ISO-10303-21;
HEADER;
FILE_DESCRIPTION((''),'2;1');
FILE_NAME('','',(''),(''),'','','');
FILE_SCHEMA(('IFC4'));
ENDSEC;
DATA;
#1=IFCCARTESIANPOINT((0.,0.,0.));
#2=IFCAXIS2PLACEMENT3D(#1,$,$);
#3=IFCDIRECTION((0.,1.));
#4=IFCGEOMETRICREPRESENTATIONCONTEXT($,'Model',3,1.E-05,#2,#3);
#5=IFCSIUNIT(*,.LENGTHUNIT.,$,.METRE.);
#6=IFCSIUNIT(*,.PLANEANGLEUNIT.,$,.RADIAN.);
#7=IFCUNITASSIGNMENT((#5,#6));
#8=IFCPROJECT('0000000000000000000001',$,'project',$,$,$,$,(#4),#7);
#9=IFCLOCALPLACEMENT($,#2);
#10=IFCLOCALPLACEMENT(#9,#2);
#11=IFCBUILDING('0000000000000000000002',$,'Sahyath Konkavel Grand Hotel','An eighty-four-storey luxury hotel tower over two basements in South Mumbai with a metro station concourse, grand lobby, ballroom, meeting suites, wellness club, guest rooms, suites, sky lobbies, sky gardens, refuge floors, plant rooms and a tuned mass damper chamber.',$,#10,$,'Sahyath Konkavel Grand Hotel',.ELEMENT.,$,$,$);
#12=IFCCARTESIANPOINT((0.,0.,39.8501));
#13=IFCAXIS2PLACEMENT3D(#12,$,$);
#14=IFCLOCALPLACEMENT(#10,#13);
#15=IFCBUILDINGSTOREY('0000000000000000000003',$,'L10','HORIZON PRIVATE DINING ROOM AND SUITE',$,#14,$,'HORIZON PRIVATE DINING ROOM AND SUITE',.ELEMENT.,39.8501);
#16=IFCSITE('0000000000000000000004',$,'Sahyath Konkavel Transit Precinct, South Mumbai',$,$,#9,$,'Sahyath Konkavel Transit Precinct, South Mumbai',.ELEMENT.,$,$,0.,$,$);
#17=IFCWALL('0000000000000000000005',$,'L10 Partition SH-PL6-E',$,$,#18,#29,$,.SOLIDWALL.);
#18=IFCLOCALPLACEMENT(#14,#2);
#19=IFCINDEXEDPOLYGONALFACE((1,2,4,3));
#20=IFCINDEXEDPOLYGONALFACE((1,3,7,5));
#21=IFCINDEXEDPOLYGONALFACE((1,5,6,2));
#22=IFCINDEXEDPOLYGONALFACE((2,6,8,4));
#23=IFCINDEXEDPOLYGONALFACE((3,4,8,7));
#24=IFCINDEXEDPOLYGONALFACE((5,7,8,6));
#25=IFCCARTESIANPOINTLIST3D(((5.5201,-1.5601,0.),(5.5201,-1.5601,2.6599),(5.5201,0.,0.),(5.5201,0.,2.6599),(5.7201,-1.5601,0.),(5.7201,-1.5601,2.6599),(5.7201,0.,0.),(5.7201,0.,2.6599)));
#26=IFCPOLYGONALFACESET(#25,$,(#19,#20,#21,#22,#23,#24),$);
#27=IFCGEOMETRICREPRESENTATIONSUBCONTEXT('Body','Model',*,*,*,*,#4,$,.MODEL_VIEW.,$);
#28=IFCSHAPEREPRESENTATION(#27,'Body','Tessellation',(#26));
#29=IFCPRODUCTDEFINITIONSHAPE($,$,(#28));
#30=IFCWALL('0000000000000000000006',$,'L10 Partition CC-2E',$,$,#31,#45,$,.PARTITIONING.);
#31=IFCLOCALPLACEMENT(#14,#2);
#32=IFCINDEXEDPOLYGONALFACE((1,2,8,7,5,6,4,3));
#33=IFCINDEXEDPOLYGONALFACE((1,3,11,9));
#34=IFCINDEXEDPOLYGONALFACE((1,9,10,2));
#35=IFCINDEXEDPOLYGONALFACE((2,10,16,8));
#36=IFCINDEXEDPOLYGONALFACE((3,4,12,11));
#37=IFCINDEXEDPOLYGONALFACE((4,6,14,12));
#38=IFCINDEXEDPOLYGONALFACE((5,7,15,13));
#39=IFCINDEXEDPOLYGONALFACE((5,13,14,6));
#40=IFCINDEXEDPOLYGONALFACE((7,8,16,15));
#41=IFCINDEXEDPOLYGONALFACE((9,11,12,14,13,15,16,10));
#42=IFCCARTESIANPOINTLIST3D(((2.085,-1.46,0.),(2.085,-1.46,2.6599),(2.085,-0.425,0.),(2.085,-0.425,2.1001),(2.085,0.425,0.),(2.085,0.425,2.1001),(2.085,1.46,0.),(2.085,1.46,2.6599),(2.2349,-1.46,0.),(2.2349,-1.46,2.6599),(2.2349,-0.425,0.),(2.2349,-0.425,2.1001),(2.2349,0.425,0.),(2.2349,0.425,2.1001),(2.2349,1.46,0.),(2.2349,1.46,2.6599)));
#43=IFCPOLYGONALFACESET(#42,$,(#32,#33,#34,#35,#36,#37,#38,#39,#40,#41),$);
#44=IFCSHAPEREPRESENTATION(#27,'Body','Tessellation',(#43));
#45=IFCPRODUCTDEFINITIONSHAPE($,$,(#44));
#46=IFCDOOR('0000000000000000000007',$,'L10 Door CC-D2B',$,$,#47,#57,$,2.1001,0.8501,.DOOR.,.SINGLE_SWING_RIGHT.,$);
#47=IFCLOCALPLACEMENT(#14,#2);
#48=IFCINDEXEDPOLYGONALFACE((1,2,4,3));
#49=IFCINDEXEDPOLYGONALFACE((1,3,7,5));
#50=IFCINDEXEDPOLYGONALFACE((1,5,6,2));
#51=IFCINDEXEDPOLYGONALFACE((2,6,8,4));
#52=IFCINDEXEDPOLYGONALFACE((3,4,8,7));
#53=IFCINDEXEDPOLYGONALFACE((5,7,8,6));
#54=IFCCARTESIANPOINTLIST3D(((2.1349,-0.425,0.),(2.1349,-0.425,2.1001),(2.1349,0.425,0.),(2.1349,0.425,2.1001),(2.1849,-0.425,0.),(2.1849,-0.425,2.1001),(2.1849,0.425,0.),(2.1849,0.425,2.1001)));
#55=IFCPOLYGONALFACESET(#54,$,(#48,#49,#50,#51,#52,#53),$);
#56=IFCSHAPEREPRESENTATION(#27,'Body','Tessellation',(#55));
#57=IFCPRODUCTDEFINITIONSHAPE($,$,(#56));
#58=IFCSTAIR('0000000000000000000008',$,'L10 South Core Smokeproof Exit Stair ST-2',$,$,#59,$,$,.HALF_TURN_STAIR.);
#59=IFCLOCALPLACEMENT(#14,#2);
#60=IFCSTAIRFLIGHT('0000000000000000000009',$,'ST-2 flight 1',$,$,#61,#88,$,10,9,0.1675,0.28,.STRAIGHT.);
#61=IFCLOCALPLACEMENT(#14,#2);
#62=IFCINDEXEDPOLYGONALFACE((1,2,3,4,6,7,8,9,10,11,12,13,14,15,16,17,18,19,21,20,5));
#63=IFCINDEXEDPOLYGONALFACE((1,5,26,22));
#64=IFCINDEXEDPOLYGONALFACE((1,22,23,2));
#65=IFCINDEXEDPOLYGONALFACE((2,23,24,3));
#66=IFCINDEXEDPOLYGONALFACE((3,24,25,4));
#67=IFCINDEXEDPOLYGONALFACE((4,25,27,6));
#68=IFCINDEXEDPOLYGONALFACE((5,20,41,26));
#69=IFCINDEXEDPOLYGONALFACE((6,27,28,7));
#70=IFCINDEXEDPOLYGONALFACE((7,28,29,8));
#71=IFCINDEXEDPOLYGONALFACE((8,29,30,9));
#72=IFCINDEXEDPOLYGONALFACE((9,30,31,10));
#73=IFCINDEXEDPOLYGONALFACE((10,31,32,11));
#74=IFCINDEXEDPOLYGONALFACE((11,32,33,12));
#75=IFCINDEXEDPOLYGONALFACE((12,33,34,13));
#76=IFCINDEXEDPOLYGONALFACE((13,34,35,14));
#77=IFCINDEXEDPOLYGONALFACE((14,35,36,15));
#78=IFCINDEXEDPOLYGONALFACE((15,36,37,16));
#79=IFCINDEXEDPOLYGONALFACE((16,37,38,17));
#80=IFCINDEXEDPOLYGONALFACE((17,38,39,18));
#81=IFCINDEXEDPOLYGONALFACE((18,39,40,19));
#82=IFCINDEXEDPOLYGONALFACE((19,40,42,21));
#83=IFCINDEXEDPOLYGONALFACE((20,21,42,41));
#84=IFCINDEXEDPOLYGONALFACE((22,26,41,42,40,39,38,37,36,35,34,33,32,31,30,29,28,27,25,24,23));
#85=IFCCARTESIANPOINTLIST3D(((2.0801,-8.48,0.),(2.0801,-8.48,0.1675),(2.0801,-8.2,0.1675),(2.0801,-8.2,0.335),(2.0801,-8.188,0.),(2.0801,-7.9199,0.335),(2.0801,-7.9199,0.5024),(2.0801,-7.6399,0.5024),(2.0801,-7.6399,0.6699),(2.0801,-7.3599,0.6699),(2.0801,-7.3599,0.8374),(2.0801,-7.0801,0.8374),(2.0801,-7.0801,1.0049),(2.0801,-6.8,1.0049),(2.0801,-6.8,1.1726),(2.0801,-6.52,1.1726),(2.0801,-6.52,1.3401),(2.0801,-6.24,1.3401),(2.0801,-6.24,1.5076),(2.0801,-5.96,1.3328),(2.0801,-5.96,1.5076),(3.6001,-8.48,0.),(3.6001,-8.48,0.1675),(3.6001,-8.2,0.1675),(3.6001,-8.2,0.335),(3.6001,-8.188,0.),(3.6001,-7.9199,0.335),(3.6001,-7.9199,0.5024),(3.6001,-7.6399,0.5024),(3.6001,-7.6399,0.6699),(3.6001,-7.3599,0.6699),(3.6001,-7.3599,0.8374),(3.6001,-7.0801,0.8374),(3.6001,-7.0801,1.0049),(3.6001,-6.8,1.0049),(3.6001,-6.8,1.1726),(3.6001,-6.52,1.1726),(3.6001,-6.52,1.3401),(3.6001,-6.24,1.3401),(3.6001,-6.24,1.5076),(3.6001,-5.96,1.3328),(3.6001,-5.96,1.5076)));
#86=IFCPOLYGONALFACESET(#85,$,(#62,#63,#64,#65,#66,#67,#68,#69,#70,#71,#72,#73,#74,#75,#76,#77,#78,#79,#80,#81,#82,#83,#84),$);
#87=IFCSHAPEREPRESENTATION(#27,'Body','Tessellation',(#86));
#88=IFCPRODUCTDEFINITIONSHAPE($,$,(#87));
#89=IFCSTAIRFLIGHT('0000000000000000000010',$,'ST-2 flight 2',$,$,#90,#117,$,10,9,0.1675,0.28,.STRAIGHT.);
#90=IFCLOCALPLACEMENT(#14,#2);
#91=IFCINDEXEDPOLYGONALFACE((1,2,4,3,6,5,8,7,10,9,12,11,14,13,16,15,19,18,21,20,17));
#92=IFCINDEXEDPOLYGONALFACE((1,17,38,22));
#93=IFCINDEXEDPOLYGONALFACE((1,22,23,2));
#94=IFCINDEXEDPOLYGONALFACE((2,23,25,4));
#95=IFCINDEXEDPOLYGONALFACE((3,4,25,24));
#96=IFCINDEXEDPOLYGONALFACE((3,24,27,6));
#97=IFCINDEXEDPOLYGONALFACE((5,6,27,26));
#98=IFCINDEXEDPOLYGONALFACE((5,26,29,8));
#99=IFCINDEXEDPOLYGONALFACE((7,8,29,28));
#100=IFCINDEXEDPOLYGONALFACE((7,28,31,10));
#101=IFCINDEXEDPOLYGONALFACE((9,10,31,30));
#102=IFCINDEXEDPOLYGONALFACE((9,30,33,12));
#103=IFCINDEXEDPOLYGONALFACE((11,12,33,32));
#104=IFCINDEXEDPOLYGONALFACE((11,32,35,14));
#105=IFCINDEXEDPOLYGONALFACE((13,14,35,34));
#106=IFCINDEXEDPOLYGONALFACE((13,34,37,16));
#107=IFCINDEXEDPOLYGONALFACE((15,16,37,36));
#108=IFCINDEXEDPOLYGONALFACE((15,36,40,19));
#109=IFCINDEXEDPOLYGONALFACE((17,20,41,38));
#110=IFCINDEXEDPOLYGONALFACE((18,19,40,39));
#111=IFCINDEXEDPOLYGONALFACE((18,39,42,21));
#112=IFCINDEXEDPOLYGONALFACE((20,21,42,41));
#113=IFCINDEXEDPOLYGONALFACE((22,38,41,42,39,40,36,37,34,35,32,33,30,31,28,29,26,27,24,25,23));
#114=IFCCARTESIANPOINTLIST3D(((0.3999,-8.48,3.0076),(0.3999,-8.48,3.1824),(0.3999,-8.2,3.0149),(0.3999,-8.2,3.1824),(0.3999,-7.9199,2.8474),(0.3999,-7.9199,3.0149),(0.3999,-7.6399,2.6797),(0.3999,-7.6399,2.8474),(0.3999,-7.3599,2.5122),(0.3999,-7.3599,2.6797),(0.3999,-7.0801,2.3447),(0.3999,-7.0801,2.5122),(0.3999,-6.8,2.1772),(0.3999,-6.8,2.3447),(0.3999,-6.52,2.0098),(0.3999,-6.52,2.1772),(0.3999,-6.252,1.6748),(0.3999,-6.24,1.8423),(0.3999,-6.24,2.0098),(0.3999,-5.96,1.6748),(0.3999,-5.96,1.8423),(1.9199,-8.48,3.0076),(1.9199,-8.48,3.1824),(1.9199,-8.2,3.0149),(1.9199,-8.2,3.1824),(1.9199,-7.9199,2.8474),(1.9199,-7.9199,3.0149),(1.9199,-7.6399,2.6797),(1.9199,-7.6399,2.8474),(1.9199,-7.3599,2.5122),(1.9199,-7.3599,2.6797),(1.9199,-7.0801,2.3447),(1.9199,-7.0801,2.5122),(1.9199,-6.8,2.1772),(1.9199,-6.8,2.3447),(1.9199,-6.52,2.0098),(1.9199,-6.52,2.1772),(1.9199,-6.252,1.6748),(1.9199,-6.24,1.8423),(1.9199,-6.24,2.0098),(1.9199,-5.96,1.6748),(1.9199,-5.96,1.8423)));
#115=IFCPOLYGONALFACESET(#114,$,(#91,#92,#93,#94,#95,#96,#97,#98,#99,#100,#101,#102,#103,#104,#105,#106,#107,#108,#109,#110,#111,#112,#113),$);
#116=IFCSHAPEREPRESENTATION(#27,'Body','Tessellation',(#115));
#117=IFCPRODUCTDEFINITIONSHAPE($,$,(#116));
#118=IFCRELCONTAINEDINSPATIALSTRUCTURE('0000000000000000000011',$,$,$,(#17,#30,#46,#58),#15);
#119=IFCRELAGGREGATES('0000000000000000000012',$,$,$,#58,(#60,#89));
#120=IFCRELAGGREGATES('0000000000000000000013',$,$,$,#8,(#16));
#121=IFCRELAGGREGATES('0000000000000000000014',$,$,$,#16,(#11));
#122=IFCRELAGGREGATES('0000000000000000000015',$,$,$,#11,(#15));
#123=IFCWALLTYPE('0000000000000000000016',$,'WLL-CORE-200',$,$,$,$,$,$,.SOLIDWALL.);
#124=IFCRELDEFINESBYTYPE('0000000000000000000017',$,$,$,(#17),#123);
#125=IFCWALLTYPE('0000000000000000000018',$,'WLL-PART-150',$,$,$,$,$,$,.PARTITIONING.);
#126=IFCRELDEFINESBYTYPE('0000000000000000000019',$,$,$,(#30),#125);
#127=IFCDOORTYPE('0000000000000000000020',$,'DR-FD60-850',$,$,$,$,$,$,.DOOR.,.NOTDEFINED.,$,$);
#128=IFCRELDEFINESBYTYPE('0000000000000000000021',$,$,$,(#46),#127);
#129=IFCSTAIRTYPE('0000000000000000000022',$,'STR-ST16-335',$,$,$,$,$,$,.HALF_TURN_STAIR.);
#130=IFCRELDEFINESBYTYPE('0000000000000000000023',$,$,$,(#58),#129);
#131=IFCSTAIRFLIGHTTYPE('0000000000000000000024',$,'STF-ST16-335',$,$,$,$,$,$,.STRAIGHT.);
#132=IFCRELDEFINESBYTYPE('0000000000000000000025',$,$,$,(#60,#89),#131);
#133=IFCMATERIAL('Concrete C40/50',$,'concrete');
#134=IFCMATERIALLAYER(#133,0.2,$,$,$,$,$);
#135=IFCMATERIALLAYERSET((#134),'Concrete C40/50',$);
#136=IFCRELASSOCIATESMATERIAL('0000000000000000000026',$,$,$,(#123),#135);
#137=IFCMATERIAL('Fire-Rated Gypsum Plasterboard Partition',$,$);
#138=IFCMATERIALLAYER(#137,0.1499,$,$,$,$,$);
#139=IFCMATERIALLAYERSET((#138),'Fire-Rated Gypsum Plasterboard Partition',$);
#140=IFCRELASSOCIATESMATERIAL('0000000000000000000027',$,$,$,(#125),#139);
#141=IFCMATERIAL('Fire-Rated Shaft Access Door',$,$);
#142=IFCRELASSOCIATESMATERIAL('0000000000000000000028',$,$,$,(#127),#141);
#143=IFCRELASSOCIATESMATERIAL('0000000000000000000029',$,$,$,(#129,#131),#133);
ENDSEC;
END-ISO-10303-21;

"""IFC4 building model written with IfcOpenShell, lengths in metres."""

from ifc_helpers import new_model, si_unit, direction, frame, frame_2d, origin, origin_2d, place, context, subcontext, project, spatial, polyline, rectangle, outline, extrude, source, transform, mapped, material, layer, layer_set, type_object, element, fill, aggregate, save


model = new_model("IFC4")

# Units and contexts
model_context = context("Model", 3, precision=1e-05, world=origin(), true_north=direction((0.0, 1.0)))
body_context = subcontext(model_context, "Body", "Model", "MODEL_VIEW")
ifc_project = project(units=[si_unit("LENGTHUNIT", "METRE"), si_unit("PLANEANGLEUNIT", "RADIAN")], contexts=[model_context])

# Site, building, storey
site_placement = place(None, origin())
site = spatial("IfcSite", under=ifc_project, at=site_placement, Name="Sahyath Konkavel Transit Precinct, South Mumbai", LongName="Sahyath Konkavel Transit Precinct, South Mumbai", CompositionType="ELEMENT", RefElevation=0.0)
building_placement = place(site_placement, origin())
building = spatial("IfcBuilding", under=site, at=building_placement, Name="Sahyath Konkavel Grand Hotel", Description="An eighty-four-storey luxury hotel tower over two basements in South Mumbai with a metro station concourse, grand lobby, ballroom, meeting suites, wellness club, guest rooms, suites, sky lobbies, sky gardens, refuge floors, plant rooms and a tuned mass damper chamber.", LongName="Sahyath Konkavel Grand Hotel", CompositionType="ELEMENT")
storey_placement = place(building_placement, frame((0.0, 0.0, 39.8501)))
storey = spatial("IfcBuildingStorey", under=building, at=storey_placement, Name="L10", Description="HORIZON PRIVATE DINING ROOM AND SUITE", LongName="HORIZON PRIVATE DINING ROOM AND SUITE", CompositionType="ELEMENT", Elevation=39.8501)

# Shared definitions
ifc_material_1 = material(Name="Concrete C40/50", Category="concrete")
ifc_layer_1 = layer(ifc_material_1, 0.2)
ifc_layer_set_1 = layer_set([ifc_layer_1], Name="Concrete C40/50")
wall_type_1 = type_object("IfcWallType", Name="WLL-CORE-200", PredefinedType="SOLIDWALL", material=ifc_layer_set_1)

# Wall
wall_1_placement = place(storey_placement, frame((5.6201, -1.5601, 0.0), z_axis=(0.0, 0.0, 1.0), x_axis=(0.0, 1.0, 0.0)))
element("IfcWall", 1, at=wall_1_placement, inside=storey, type_object=wall_type_1, Name="L10 Partition SH-PL6-E", PredefinedType="SOLIDWALL", context=body_context, shape_type="SweptSolid", body=[
    extrude(rectangle(XDim=1.5601, YDim=0.2, at=frame_2d((0.78, 0.0))), origin(), (0.0, 0.0, 1.0), 2.6599),
])

# Wall, opening, door
ifc_material_2 = material(Name="Fire-Rated Gypsum Plasterboard Partition")
ifc_layer_2 = layer(ifc_material_2, 0.1499)
ifc_layer_set_2 = layer_set([ifc_layer_2], Name="Fire-Rated Gypsum Plasterboard Partition")
wall_type_2 = type_object("IfcWallType", Name="WLL-PART-150", PredefinedType="PARTITIONING", material=ifc_layer_set_2)
wall_2_placement = place(storey_placement, frame((2.1599, -1.46, 0.0), z_axis=(0.0, 0.0, 1.0), x_axis=(0.0, 1.0, 0.0)))
wall_2 = element("IfcWall", 2, at=wall_2_placement, inside=storey, type_object=wall_type_2, Name="L10 Partition CC-2E", PredefinedType="PARTITIONING", context=body_context, shape_type="SweptSolid", body=[
    extrude(rectangle(XDim=2.9199, YDim=0.1499, at=frame_2d((1.46, 0.0))), origin(), (0.0, 0.0, 1.0), 2.6599),
])
opening_1_placement = place(wall_2_placement, frame((1.0349, 0.0, 0.0)))
opening_1 = element("IfcOpeningElement", 3, at=opening_1_placement, cuts=wall_2, PredefinedType="OPENING", context=body_context, shape_type="SweptSolid", body=[
    extrude(rectangle(XDim=0.8501, YDim=2.1001, at=frame_2d((0.425, 1.05))), frame((0.0, 0.085, 0.0), z_axis=(0.0, -1.0, 0.0), x_axis=(1.0, 0.0, 0.0)), (0.0, 0.0, 1.0), 0.1699),
])
ifc_material_3 = material(Name="Fire-Rated Shaft Access Door")
door_type_1 = type_object("IfcDoorType", Name="DR-FD60-850", OperationType="NOTDEFINED", PredefinedType="DOOR", material=ifc_material_3)
shared_shape_1 = source(origin(), body_context, "Body", "SweptSolid", [
    extrude(rectangle(XDim=0.8501, YDim=0.05, at=origin_2d()), origin(), (0.0, 0.0, 1.0), 2.1001),
])
door_1_placement = place(opening_1_placement, frame((0.425, 0.0, 0.0)))
door_1 = element("IfcDoor", 4, at=door_1_placement, inside=storey, type_object=door_type_1, Name="L10 Door CC-D2B", OperationType="SINGLE_SWING_RIGHT", OverallHeight=2.1001, OverallWidth=0.8501, PredefinedType="DOOR", context=body_context, shape_type="MappedRepresentation", body=[
    mapped(shared_shape_1, transform((0.0, 0.0, 0.0), scale=1.0)),
])
fill(opening_1, door_1)

# Stair, stair flights
stair_type = type_object("IfcStairType", Name="STR-ST16-335", PredefinedType="HALF_TURN_STAIR", material=ifc_material_1)
stair_placement = place(storey_placement, origin())
stair = element("IfcStair", 5, at=stair_placement, inside=storey, type_object=stair_type, Name="L10 South Core Smokeproof Exit Stair ST-2", PredefinedType="HALF_TURN_STAIR")
stair_flight_type = type_object("IfcStairFlightType", Name="STF-ST16-335", PredefinedType="STRAIGHT", material=ifc_material_1)
stair_flight_1_placement = place(storey_placement, frame((2.8401, -8.48, 0.0), z_axis=(0.0, 0.0, 1.0), x_axis=(0.0, 1.0, 0.0)))
stair_flight_1 = element("IfcStairFlight", 6, at=stair_flight_1_placement, type_object=stair_flight_type, Name="ST-2 flight 1", NumberOfRisers=10, NumberOfTreads=9, PredefinedType="STRAIGHT", RiserHeight=0.1675, TreadLength=0.28, context=body_context, shape_type="SweptSolid", body=[
    extrude(outline(polyline([(0.0, 0.0), (0.0, 0.1675), (0.28, 0.1675), (0.28, 0.335), (0.5601, 0.335), (0.5601, 0.5024), (0.8401, 0.5024), (0.8401, 0.6699), (1.1201, 0.6699), (1.1201, 0.8374), (1.3999, 0.8374), (1.3999, 1.0049), (1.6799, 1.0049), (1.6799, 1.1726), (1.96, 1.1726), (1.96, 1.3401), (2.24, 1.3401), (2.24, 1.5076), (2.52, 1.5076), (2.52, 1.675), (2.52, 1.3328), (0.292, 0.0), (0.0, 0.0)])), frame((0.0, 0.76, 0.0), z_axis=(0.0, -1.0, 0.0), x_axis=(1.0, 0.0, 0.0)), (0.0, 0.0, 1.0), 1.52),
])
stair_flight_2_placement = place(storey_placement, frame((1.1599, -5.96, 1.6748), z_axis=(0.0, 0.0, 1.0), x_axis=(0.0, -1.0, 0.0)))
stair_flight_2 = element("IfcStairFlight", 7, at=stair_flight_2_placement, type_object=stair_flight_type, Name="ST-2 flight 2", NumberOfRisers=10, NumberOfTreads=9, PredefinedType="STRAIGHT", RiserHeight=0.1675, TreadLength=0.28, context=body_context, shape_type="SweptSolid", body=[
    extrude(outline(polyline([(0.0, 0.0), (0.0, 0.1675), (0.28, 0.1675), (0.28, 0.335), (0.5601, 0.335), (0.5601, 0.5024), (0.8401, 0.5024), (0.8401, 0.6699), (1.1201, 0.6699), (1.1201, 0.8374), (1.3999, 0.8374), (1.3999, 1.0049), (1.6799, 1.0049), (1.6799, 1.1726), (1.96, 1.1726), (1.96, 1.3401), (2.24, 1.3401), (2.24, 1.5076), (2.52, 1.5076), (2.52, 1.675), (2.52, 1.3328), (0.292, 0.0), (0.0, 0.0)])), frame((0.0, 0.76, 0.0), z_axis=(0.0, -1.0, 0.0), x_axis=(1.0, 0.0, 0.0)), (0.0, 0.0, 1.0), 1.52),
])
aggregate(stair, [stair_flight_1, stair_flight_2])

save(model, "model.ifc")
